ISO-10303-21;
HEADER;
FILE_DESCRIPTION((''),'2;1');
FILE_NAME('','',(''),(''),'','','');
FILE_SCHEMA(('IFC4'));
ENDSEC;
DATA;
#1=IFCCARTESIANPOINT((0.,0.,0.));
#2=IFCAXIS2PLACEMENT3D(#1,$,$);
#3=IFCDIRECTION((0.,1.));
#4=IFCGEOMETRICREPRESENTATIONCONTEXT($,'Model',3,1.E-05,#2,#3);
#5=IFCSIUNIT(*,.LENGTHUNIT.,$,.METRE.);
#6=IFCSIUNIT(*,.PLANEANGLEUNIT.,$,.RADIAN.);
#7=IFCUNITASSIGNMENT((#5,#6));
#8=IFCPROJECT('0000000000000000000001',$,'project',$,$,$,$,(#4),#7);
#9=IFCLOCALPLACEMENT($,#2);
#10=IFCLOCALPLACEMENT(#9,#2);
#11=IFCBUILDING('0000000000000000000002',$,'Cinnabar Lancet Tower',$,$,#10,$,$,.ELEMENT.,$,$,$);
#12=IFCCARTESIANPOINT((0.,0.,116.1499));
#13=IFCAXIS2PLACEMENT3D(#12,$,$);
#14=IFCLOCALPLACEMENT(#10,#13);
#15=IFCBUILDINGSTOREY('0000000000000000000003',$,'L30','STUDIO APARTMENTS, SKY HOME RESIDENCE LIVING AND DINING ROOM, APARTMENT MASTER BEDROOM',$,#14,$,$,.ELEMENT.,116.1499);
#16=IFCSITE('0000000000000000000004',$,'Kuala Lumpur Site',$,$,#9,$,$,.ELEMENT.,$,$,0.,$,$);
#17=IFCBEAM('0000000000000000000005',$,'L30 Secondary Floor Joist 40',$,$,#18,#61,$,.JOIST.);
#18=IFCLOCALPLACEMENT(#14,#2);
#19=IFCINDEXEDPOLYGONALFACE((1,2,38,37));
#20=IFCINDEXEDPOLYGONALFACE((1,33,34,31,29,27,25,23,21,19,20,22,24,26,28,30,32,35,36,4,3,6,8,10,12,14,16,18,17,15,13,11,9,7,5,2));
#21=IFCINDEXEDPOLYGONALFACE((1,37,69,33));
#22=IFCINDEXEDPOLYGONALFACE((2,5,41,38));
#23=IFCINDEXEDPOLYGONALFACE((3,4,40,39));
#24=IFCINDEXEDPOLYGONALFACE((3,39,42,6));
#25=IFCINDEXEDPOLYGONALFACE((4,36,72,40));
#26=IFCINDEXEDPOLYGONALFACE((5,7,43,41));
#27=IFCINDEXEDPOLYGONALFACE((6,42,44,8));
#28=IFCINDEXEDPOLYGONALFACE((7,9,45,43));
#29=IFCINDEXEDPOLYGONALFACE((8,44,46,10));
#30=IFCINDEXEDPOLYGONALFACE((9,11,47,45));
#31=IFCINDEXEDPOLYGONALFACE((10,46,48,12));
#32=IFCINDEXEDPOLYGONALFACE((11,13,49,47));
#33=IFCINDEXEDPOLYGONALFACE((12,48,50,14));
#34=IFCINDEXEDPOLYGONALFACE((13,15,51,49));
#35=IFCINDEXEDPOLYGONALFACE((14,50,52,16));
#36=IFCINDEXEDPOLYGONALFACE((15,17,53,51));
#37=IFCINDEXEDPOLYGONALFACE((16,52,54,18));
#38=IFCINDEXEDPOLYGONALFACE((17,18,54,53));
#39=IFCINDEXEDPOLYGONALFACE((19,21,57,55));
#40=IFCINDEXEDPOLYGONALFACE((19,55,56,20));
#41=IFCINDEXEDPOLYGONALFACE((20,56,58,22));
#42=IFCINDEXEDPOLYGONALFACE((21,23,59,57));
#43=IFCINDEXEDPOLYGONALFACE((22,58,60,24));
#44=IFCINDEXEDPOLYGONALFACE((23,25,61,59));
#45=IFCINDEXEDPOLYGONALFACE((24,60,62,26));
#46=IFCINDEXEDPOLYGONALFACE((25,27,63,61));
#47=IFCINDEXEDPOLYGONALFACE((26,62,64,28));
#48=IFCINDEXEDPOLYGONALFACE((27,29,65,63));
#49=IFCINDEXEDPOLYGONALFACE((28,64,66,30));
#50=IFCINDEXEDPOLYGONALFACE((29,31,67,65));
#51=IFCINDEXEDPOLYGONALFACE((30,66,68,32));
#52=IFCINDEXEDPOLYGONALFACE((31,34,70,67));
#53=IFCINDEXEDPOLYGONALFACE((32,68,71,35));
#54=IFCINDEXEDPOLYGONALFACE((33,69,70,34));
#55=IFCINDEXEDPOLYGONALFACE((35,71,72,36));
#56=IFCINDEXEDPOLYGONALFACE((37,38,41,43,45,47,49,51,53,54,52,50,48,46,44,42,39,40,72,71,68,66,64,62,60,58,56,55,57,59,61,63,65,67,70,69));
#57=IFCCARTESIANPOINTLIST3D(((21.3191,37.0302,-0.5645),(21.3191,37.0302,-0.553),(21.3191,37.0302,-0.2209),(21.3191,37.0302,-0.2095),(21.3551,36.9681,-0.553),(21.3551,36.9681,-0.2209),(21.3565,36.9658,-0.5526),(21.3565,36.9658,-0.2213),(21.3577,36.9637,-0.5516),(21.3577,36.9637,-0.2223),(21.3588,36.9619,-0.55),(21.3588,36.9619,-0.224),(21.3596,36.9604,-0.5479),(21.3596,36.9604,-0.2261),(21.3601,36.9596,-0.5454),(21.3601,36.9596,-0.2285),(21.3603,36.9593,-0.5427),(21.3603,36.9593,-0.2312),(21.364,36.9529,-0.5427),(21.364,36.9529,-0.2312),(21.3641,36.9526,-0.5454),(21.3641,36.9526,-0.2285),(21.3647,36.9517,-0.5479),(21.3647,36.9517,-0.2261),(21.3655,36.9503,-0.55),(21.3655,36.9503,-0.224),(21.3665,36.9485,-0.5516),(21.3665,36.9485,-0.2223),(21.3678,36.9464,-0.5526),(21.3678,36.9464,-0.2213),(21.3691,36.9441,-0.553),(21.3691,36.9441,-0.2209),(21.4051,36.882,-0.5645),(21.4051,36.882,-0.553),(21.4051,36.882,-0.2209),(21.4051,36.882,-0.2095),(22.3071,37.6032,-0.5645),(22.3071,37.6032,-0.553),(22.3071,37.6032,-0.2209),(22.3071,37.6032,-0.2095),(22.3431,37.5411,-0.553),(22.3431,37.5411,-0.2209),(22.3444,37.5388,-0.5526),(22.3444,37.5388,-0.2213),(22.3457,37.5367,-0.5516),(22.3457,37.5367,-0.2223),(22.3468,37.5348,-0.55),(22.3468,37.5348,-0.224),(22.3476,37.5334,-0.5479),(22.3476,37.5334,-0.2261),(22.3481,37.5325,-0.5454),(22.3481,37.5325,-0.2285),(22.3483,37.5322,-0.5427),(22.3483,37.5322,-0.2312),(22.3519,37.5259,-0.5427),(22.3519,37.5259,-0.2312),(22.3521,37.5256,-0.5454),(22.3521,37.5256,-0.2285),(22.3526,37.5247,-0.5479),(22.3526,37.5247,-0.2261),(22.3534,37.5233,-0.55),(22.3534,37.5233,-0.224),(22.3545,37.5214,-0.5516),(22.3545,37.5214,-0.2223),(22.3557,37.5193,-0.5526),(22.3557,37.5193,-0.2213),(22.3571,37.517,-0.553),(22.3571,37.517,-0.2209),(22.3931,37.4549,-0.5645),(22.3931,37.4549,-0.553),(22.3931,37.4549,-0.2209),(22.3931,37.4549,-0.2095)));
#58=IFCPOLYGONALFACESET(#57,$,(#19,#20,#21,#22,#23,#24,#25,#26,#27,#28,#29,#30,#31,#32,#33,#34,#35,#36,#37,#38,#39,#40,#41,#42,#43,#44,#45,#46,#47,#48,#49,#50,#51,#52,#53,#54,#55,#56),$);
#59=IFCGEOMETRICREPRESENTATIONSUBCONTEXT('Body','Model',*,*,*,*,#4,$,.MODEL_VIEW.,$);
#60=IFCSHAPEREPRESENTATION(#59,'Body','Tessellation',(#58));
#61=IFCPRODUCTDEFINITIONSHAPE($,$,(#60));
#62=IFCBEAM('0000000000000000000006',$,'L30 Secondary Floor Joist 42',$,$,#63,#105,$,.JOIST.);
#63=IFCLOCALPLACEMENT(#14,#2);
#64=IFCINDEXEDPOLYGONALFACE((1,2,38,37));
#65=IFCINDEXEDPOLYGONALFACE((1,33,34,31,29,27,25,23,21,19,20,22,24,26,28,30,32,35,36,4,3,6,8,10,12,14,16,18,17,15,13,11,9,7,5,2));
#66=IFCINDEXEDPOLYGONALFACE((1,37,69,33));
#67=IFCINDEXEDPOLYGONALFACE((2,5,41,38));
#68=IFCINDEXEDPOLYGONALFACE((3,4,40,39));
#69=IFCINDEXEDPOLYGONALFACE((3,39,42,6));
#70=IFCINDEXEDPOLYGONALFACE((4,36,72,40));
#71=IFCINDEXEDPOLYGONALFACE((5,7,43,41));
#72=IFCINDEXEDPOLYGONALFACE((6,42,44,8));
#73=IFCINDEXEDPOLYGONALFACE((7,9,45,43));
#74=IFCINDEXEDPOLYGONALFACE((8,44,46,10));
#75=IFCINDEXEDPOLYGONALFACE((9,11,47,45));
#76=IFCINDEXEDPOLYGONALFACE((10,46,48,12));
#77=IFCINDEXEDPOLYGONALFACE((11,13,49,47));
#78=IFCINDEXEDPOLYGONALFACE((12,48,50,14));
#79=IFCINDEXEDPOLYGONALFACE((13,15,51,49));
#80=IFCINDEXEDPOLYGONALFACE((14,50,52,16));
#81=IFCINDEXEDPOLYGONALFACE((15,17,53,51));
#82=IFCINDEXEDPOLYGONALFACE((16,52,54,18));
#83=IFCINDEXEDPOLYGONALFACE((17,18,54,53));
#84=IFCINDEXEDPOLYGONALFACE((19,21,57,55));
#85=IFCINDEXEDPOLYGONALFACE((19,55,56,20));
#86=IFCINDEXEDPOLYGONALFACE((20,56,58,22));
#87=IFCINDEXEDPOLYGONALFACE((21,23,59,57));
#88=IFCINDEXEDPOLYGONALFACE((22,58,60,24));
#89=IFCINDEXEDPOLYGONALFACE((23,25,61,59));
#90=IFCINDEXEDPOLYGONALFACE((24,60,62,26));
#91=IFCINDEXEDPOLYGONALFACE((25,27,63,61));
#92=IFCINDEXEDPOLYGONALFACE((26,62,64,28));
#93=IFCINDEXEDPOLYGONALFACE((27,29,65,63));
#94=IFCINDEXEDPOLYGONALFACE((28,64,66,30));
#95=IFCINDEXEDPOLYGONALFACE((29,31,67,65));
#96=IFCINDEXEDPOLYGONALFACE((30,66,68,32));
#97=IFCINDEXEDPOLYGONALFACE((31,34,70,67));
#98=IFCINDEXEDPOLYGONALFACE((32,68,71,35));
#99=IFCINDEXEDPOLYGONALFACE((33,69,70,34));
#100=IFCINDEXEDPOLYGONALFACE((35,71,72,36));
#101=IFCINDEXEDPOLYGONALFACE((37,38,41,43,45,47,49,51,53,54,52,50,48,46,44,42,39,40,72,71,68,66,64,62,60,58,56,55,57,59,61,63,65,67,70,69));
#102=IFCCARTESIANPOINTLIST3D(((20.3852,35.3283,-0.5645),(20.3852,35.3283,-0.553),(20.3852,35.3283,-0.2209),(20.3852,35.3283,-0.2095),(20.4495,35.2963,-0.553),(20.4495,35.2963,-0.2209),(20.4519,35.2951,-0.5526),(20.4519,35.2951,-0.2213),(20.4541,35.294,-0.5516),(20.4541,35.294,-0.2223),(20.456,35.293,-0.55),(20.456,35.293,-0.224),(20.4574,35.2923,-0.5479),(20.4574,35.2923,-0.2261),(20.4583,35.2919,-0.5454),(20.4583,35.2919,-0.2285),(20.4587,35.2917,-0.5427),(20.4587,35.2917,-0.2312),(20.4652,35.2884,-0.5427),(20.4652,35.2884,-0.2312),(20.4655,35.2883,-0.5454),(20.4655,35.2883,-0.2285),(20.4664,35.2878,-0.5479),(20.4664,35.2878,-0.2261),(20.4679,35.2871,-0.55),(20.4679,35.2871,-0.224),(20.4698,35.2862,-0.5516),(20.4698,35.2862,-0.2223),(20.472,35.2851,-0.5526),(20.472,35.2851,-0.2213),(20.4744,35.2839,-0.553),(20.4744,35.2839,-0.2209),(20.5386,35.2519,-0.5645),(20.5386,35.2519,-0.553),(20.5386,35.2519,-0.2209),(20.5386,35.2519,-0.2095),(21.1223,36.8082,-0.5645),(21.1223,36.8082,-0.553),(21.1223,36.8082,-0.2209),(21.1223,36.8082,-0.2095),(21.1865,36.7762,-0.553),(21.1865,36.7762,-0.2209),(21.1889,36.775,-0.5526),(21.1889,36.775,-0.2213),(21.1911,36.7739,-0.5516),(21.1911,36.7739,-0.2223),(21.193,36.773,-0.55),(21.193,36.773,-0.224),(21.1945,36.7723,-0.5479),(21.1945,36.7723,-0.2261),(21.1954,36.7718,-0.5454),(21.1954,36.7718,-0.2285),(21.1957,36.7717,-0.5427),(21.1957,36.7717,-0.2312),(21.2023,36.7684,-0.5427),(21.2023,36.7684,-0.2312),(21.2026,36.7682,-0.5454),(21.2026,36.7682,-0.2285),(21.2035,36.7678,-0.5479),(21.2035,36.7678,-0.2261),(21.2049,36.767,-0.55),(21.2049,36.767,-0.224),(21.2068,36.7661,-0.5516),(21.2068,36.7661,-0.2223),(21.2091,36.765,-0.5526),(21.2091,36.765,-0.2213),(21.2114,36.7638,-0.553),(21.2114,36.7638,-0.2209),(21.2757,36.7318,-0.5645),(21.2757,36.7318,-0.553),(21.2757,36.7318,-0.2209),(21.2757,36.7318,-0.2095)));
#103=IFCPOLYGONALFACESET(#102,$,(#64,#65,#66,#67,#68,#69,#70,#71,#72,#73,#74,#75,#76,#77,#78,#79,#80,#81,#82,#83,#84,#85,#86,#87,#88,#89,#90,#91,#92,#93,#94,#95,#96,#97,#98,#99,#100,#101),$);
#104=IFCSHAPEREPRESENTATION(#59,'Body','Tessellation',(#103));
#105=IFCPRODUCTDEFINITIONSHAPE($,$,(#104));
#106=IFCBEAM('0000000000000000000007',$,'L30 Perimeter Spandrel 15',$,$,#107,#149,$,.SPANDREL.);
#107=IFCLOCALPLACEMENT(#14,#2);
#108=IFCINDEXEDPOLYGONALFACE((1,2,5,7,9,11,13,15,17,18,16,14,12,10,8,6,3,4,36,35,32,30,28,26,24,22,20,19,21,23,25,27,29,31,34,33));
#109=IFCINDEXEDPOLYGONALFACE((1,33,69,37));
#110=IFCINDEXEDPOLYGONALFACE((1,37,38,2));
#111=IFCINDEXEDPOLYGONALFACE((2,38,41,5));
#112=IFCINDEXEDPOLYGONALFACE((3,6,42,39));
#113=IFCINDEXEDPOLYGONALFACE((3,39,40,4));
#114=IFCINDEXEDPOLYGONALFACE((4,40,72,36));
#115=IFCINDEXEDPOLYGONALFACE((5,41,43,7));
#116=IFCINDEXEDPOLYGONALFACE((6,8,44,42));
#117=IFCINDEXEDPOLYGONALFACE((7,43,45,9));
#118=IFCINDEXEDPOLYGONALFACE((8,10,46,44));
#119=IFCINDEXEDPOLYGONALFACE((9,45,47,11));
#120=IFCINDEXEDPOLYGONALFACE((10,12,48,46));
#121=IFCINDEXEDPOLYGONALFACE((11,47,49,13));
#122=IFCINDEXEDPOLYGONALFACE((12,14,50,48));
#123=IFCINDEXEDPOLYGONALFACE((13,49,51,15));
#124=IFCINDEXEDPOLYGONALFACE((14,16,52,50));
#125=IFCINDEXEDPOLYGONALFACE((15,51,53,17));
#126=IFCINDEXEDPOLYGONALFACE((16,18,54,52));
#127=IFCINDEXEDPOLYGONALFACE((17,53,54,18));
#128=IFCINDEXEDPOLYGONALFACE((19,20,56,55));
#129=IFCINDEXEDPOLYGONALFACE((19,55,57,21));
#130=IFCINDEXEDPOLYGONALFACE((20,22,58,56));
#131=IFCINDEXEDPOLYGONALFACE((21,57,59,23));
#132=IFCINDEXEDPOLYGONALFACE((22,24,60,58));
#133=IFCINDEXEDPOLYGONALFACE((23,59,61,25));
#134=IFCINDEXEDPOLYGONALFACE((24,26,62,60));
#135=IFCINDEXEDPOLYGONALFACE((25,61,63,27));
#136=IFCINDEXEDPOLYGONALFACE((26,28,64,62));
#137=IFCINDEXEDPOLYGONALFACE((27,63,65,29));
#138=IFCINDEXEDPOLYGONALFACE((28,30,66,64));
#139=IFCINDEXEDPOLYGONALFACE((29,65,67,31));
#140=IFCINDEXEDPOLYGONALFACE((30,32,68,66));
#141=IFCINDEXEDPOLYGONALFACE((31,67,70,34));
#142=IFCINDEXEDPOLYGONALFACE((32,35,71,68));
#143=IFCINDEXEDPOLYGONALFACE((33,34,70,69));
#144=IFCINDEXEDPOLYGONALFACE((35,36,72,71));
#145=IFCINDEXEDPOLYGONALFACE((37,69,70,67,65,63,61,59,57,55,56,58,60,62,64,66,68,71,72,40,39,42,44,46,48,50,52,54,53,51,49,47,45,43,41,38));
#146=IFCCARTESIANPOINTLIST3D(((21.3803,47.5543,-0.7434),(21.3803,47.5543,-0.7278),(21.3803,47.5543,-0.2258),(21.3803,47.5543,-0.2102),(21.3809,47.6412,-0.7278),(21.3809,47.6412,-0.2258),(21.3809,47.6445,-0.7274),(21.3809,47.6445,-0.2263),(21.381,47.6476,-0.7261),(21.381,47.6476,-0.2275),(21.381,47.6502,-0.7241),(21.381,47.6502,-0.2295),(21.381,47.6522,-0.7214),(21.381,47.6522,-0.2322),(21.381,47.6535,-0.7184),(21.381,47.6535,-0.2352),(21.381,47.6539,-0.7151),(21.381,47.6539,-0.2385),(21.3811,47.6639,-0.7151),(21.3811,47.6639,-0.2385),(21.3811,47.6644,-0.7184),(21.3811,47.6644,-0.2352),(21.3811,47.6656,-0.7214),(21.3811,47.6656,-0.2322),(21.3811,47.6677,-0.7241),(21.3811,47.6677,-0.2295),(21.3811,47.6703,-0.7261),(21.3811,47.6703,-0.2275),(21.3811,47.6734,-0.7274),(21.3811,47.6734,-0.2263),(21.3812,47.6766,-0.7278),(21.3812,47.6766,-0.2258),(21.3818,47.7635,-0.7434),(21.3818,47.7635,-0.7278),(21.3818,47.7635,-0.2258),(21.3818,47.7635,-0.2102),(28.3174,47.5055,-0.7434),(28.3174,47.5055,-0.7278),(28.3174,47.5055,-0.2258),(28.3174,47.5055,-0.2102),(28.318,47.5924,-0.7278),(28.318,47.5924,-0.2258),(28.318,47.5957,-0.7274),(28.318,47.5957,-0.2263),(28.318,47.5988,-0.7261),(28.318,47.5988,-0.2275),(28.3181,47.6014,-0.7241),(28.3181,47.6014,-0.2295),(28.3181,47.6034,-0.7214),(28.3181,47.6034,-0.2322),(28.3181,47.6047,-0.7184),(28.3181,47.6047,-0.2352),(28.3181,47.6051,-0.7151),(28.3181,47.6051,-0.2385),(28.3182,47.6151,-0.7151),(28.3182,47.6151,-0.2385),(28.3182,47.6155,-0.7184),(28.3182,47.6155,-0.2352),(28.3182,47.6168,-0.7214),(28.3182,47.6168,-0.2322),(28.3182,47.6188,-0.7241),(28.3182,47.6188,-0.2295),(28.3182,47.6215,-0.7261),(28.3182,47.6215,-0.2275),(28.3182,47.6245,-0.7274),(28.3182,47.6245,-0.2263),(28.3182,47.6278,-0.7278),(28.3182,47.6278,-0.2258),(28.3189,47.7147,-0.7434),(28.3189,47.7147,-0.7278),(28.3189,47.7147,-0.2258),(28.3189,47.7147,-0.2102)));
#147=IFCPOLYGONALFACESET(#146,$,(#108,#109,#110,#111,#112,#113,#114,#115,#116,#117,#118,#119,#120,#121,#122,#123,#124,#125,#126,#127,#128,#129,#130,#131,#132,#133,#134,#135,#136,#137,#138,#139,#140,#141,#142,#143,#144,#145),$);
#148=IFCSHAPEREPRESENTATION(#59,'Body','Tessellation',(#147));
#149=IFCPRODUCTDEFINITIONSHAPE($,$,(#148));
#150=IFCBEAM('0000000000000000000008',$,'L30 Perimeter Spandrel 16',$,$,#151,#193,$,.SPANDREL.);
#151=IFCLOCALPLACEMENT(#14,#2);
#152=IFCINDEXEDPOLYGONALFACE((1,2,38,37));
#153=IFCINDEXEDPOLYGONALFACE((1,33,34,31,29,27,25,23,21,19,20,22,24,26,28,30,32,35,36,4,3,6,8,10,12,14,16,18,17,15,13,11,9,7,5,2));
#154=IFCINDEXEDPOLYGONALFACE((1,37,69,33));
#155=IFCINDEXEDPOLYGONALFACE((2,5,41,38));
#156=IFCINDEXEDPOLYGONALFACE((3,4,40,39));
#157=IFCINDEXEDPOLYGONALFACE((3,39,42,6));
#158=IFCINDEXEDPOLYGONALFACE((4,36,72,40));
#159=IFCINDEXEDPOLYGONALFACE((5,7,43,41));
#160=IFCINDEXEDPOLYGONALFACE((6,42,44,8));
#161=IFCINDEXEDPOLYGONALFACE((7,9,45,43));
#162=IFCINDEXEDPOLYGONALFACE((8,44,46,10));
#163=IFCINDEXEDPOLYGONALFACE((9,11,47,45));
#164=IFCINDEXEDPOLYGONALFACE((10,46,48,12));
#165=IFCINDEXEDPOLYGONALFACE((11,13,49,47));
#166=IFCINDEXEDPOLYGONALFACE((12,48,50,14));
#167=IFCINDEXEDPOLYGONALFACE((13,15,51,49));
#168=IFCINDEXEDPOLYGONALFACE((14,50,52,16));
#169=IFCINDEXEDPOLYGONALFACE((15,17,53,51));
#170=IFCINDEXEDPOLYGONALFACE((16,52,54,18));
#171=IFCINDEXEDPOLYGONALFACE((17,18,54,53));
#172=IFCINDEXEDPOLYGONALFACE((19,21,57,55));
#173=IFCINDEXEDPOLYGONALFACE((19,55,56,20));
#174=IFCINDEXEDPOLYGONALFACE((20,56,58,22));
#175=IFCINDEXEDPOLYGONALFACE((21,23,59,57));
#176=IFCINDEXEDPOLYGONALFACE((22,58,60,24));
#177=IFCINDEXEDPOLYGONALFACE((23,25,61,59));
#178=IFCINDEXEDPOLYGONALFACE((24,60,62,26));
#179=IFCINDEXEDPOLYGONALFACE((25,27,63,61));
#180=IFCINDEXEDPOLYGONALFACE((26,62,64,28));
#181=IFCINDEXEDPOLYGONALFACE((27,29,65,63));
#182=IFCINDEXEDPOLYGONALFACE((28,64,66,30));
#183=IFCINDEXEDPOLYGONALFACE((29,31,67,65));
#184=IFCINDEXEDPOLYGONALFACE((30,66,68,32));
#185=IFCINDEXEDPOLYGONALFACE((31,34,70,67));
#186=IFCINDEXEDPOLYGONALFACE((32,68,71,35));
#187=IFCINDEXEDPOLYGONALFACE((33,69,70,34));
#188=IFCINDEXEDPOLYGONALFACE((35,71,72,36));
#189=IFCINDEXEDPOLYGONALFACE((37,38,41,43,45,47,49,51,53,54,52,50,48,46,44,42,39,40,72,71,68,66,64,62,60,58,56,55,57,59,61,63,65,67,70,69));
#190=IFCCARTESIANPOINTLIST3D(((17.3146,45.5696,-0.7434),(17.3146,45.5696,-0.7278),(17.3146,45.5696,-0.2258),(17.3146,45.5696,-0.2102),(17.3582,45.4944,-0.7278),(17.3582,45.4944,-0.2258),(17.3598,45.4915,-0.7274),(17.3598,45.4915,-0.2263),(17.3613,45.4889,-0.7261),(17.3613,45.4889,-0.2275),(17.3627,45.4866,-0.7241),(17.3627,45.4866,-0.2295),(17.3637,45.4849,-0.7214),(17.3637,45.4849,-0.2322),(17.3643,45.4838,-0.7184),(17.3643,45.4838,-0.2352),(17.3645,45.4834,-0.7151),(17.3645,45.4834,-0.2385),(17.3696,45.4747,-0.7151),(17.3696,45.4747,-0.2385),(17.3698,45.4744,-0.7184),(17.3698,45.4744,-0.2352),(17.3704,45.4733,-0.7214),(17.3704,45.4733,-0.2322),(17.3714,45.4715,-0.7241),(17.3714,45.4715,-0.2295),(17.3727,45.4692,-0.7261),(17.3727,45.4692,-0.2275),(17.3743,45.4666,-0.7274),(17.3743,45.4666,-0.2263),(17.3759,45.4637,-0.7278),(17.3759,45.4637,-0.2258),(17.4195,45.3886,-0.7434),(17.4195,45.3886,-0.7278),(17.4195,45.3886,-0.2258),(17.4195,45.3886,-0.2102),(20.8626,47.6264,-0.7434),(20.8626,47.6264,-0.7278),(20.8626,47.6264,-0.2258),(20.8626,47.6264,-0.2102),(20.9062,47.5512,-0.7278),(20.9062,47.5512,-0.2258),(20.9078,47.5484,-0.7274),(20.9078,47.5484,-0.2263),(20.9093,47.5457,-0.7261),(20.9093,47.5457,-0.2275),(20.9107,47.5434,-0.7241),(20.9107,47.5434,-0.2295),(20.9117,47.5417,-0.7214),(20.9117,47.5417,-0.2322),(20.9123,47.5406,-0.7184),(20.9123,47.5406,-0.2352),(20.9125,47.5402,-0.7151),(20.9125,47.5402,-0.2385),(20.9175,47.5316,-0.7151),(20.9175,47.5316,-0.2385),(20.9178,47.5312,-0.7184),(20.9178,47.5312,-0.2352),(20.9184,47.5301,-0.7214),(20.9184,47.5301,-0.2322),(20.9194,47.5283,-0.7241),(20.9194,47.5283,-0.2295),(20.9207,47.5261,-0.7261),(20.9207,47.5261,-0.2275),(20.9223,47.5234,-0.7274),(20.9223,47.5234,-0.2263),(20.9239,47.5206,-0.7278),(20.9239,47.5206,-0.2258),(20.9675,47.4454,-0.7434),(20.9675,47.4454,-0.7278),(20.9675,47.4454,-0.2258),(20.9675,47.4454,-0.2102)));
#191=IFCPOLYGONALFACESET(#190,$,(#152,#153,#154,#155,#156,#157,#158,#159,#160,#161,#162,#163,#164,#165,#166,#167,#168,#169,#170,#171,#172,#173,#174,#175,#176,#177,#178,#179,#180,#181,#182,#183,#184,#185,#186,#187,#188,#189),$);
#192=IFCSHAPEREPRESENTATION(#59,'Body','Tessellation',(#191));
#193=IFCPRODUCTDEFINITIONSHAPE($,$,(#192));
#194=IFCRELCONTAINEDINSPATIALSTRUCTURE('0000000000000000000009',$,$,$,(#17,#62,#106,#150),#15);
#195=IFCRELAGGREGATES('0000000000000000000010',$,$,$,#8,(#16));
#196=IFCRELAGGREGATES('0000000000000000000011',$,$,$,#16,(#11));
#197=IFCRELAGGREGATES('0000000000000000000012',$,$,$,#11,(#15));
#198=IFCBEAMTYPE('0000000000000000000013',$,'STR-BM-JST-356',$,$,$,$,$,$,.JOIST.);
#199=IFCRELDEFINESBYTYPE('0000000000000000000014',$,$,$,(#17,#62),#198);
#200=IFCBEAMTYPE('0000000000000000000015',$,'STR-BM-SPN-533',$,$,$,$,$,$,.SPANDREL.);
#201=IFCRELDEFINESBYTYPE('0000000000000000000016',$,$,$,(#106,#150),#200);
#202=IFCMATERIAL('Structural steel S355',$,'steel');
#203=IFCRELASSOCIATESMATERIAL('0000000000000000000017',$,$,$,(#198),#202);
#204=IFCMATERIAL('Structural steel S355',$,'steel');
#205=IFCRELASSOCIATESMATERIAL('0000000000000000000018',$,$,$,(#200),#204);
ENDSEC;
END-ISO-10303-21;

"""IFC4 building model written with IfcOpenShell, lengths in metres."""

from ifc_helpers import new_model, si_unit, direction, frame, origin, origin_2d, place, context, subcontext, project, spatial, i_section, extrude, material, material_profile, profile_set, type_object, element, save


model = new_model("IFC4")

# Units and contexts
model_context = context("Model", 3, precision=1e-05, world=origin(), true_north=direction((0.0, 1.0)))
body_context = subcontext(model_context, "Body", "Model", "MODEL_VIEW")
ifc_project = project(units=[si_unit("LENGTHUNIT", "METRE"), si_unit("PLANEANGLEUNIT", "RADIAN")], contexts=[model_context])

# Site, building, storey
site_placement = place(None, origin())
site = spatial("IfcSite", under=ifc_project, at=site_placement, Name="Kuala Lumpur Site", CompositionType="ELEMENT", RefElevation=0.0)
building_placement = place(site_placement, origin())
building = spatial("IfcBuilding", under=site, at=building_placement, Name="Cinnabar Lancet Tower", CompositionType="ELEMENT")
storey_placement = place(building_placement, frame((0.0, 0.0, 116.1499)))
storey = spatial("IfcBuildingStorey", under=building, at=storey_placement, Name="L30", Description="STUDIO APARTMENTS, SKY HOME RESIDENCE LIVING AND DINING ROOM, APARTMENT MASTER BEDROOM", CompositionType="ELEMENT", Elevation=116.1499)

# Beams
ifc_material_1 = material(Name="Structural steel S355", Category="steel")
ifc_material_profile_1 = material_profile(ifc_material_1, i_section(OverallWidth=0.1714, OverallDepth=0.355, WebThickness=0.0073, FlangeThickness=0.0115, FilletRadius=0.0103, at=origin_2d()), Name="UKB 356x171x51")
ifc_profile_set_1 = profile_set([ifc_material_profile_1], Name="Structural steel S355")
beam_type_1 = type_object("IfcBeamType", Name="STR-BM-JST-356", PredefinedType="JOIST", material=ifc_profile_set_1)
beam_1_placement = place(storey_placement, frame((22.3501, 37.5291, -0.387), z_axis=(-0.865055, -0.501677, 0.0), x_axis=(0.501677, -0.865055, 0.0)))
element("IfcBeam", 1, at=beam_1_placement, inside=storey, type_object=beam_type_1, Name="L30 Secondary Floor Joist 40", PredefinedType="JOIST", context=body_context, shape_type="SweptSolid", body=[
    extrude(i_section(OverallWidth=0.1714, OverallDepth=0.355, WebThickness=0.0073, FlangeThickness=0.0115, FilletRadius=0.0103, at=origin_2d()), origin(), (0.0, 0.0, 1.0), 1.1421),
])
beam_2_placement = place(storey_placement, frame((21.199, 36.77, -0.387), z_axis=(-0.445795, -0.895135, 0.0), x_axis=(0.895135, -0.445795, 0.0)))
element("IfcBeam", 2, at=beam_2_placement, inside=storey, type_object=beam_type_1, Name="L30 Secondary Floor Joist 42", PredefinedType="JOIST", context=body_context, shape_type="SweptSolid", body=[
    extrude(i_section(OverallWidth=0.1714, OverallDepth=0.355, WebThickness=0.0073, FlangeThickness=0.0115, FilletRadius=0.0103, at=origin_2d()), origin(), (0.0, 0.0, 1.0), 1.6533),
])
ifc_material_2 = material(Name="Structural steel S355", Category="steel")
ifc_material_profile_2 = material_profile(ifc_material_2, i_section(OverallWidth=0.2092, OverallDepth=0.5332, WebThickness=0.01, FlangeThickness=0.0156, FilletRadius=0.0127, at=origin_2d()), Name="UKB 533x210x92")
ifc_profile_set_2 = profile_set([ifc_material_profile_2], Name="Structural steel S355")
beam_type_2 = type_object("IfcBeamType", Name="STR-BM-SPN-533", PredefinedType="SPANDREL", material=ifc_profile_set_2)
beam_3_placement = place(storey_placement, frame((28.3181, 47.6101, -0.4768), z_axis=(-0.999975, 0.007039, 0.0), x_axis=(-0.007039, -0.999975, 0.0)))
element("IfcBeam", 3, at=beam_3_placement, inside=storey, type_object=beam_type_2, Name="L30 Perimeter Spandrel 15", PredefinedType="SPANDREL", context=body_context, shape_type="SweptSolid", body=[
    extrude(i_section(OverallWidth=0.2092, OverallDepth=0.5332, WebThickness=0.01, FlangeThickness=0.0156, FilletRadius=0.0127, at=origin_2d()), origin(), (0.0, 0.0, 1.0), 6.9373),
])
beam_4_placement = place(storey_placement, frame((20.915, 47.5359, -0.4768), z_axis=(-0.865138, -0.501534, 0.0), x_axis=(0.501534, -0.865138, 0.0)))
element("IfcBeam", 4, at=beam_4_placement, inside=storey, type_object=beam_type_2, Name="L30 Perimeter Spandrel 16", PredefinedType="SPANDREL", context=body_context, shape_type="SweptSolid", body=[
    extrude(i_section(OverallWidth=0.2092, OverallDepth=0.5332, WebThickness=0.01, FlangeThickness=0.0156, FilletRadius=0.0127, at=origin_2d()), origin(), (0.0, 0.0, 1.0), 4.1011),
])

save(model, "model.ifc")
